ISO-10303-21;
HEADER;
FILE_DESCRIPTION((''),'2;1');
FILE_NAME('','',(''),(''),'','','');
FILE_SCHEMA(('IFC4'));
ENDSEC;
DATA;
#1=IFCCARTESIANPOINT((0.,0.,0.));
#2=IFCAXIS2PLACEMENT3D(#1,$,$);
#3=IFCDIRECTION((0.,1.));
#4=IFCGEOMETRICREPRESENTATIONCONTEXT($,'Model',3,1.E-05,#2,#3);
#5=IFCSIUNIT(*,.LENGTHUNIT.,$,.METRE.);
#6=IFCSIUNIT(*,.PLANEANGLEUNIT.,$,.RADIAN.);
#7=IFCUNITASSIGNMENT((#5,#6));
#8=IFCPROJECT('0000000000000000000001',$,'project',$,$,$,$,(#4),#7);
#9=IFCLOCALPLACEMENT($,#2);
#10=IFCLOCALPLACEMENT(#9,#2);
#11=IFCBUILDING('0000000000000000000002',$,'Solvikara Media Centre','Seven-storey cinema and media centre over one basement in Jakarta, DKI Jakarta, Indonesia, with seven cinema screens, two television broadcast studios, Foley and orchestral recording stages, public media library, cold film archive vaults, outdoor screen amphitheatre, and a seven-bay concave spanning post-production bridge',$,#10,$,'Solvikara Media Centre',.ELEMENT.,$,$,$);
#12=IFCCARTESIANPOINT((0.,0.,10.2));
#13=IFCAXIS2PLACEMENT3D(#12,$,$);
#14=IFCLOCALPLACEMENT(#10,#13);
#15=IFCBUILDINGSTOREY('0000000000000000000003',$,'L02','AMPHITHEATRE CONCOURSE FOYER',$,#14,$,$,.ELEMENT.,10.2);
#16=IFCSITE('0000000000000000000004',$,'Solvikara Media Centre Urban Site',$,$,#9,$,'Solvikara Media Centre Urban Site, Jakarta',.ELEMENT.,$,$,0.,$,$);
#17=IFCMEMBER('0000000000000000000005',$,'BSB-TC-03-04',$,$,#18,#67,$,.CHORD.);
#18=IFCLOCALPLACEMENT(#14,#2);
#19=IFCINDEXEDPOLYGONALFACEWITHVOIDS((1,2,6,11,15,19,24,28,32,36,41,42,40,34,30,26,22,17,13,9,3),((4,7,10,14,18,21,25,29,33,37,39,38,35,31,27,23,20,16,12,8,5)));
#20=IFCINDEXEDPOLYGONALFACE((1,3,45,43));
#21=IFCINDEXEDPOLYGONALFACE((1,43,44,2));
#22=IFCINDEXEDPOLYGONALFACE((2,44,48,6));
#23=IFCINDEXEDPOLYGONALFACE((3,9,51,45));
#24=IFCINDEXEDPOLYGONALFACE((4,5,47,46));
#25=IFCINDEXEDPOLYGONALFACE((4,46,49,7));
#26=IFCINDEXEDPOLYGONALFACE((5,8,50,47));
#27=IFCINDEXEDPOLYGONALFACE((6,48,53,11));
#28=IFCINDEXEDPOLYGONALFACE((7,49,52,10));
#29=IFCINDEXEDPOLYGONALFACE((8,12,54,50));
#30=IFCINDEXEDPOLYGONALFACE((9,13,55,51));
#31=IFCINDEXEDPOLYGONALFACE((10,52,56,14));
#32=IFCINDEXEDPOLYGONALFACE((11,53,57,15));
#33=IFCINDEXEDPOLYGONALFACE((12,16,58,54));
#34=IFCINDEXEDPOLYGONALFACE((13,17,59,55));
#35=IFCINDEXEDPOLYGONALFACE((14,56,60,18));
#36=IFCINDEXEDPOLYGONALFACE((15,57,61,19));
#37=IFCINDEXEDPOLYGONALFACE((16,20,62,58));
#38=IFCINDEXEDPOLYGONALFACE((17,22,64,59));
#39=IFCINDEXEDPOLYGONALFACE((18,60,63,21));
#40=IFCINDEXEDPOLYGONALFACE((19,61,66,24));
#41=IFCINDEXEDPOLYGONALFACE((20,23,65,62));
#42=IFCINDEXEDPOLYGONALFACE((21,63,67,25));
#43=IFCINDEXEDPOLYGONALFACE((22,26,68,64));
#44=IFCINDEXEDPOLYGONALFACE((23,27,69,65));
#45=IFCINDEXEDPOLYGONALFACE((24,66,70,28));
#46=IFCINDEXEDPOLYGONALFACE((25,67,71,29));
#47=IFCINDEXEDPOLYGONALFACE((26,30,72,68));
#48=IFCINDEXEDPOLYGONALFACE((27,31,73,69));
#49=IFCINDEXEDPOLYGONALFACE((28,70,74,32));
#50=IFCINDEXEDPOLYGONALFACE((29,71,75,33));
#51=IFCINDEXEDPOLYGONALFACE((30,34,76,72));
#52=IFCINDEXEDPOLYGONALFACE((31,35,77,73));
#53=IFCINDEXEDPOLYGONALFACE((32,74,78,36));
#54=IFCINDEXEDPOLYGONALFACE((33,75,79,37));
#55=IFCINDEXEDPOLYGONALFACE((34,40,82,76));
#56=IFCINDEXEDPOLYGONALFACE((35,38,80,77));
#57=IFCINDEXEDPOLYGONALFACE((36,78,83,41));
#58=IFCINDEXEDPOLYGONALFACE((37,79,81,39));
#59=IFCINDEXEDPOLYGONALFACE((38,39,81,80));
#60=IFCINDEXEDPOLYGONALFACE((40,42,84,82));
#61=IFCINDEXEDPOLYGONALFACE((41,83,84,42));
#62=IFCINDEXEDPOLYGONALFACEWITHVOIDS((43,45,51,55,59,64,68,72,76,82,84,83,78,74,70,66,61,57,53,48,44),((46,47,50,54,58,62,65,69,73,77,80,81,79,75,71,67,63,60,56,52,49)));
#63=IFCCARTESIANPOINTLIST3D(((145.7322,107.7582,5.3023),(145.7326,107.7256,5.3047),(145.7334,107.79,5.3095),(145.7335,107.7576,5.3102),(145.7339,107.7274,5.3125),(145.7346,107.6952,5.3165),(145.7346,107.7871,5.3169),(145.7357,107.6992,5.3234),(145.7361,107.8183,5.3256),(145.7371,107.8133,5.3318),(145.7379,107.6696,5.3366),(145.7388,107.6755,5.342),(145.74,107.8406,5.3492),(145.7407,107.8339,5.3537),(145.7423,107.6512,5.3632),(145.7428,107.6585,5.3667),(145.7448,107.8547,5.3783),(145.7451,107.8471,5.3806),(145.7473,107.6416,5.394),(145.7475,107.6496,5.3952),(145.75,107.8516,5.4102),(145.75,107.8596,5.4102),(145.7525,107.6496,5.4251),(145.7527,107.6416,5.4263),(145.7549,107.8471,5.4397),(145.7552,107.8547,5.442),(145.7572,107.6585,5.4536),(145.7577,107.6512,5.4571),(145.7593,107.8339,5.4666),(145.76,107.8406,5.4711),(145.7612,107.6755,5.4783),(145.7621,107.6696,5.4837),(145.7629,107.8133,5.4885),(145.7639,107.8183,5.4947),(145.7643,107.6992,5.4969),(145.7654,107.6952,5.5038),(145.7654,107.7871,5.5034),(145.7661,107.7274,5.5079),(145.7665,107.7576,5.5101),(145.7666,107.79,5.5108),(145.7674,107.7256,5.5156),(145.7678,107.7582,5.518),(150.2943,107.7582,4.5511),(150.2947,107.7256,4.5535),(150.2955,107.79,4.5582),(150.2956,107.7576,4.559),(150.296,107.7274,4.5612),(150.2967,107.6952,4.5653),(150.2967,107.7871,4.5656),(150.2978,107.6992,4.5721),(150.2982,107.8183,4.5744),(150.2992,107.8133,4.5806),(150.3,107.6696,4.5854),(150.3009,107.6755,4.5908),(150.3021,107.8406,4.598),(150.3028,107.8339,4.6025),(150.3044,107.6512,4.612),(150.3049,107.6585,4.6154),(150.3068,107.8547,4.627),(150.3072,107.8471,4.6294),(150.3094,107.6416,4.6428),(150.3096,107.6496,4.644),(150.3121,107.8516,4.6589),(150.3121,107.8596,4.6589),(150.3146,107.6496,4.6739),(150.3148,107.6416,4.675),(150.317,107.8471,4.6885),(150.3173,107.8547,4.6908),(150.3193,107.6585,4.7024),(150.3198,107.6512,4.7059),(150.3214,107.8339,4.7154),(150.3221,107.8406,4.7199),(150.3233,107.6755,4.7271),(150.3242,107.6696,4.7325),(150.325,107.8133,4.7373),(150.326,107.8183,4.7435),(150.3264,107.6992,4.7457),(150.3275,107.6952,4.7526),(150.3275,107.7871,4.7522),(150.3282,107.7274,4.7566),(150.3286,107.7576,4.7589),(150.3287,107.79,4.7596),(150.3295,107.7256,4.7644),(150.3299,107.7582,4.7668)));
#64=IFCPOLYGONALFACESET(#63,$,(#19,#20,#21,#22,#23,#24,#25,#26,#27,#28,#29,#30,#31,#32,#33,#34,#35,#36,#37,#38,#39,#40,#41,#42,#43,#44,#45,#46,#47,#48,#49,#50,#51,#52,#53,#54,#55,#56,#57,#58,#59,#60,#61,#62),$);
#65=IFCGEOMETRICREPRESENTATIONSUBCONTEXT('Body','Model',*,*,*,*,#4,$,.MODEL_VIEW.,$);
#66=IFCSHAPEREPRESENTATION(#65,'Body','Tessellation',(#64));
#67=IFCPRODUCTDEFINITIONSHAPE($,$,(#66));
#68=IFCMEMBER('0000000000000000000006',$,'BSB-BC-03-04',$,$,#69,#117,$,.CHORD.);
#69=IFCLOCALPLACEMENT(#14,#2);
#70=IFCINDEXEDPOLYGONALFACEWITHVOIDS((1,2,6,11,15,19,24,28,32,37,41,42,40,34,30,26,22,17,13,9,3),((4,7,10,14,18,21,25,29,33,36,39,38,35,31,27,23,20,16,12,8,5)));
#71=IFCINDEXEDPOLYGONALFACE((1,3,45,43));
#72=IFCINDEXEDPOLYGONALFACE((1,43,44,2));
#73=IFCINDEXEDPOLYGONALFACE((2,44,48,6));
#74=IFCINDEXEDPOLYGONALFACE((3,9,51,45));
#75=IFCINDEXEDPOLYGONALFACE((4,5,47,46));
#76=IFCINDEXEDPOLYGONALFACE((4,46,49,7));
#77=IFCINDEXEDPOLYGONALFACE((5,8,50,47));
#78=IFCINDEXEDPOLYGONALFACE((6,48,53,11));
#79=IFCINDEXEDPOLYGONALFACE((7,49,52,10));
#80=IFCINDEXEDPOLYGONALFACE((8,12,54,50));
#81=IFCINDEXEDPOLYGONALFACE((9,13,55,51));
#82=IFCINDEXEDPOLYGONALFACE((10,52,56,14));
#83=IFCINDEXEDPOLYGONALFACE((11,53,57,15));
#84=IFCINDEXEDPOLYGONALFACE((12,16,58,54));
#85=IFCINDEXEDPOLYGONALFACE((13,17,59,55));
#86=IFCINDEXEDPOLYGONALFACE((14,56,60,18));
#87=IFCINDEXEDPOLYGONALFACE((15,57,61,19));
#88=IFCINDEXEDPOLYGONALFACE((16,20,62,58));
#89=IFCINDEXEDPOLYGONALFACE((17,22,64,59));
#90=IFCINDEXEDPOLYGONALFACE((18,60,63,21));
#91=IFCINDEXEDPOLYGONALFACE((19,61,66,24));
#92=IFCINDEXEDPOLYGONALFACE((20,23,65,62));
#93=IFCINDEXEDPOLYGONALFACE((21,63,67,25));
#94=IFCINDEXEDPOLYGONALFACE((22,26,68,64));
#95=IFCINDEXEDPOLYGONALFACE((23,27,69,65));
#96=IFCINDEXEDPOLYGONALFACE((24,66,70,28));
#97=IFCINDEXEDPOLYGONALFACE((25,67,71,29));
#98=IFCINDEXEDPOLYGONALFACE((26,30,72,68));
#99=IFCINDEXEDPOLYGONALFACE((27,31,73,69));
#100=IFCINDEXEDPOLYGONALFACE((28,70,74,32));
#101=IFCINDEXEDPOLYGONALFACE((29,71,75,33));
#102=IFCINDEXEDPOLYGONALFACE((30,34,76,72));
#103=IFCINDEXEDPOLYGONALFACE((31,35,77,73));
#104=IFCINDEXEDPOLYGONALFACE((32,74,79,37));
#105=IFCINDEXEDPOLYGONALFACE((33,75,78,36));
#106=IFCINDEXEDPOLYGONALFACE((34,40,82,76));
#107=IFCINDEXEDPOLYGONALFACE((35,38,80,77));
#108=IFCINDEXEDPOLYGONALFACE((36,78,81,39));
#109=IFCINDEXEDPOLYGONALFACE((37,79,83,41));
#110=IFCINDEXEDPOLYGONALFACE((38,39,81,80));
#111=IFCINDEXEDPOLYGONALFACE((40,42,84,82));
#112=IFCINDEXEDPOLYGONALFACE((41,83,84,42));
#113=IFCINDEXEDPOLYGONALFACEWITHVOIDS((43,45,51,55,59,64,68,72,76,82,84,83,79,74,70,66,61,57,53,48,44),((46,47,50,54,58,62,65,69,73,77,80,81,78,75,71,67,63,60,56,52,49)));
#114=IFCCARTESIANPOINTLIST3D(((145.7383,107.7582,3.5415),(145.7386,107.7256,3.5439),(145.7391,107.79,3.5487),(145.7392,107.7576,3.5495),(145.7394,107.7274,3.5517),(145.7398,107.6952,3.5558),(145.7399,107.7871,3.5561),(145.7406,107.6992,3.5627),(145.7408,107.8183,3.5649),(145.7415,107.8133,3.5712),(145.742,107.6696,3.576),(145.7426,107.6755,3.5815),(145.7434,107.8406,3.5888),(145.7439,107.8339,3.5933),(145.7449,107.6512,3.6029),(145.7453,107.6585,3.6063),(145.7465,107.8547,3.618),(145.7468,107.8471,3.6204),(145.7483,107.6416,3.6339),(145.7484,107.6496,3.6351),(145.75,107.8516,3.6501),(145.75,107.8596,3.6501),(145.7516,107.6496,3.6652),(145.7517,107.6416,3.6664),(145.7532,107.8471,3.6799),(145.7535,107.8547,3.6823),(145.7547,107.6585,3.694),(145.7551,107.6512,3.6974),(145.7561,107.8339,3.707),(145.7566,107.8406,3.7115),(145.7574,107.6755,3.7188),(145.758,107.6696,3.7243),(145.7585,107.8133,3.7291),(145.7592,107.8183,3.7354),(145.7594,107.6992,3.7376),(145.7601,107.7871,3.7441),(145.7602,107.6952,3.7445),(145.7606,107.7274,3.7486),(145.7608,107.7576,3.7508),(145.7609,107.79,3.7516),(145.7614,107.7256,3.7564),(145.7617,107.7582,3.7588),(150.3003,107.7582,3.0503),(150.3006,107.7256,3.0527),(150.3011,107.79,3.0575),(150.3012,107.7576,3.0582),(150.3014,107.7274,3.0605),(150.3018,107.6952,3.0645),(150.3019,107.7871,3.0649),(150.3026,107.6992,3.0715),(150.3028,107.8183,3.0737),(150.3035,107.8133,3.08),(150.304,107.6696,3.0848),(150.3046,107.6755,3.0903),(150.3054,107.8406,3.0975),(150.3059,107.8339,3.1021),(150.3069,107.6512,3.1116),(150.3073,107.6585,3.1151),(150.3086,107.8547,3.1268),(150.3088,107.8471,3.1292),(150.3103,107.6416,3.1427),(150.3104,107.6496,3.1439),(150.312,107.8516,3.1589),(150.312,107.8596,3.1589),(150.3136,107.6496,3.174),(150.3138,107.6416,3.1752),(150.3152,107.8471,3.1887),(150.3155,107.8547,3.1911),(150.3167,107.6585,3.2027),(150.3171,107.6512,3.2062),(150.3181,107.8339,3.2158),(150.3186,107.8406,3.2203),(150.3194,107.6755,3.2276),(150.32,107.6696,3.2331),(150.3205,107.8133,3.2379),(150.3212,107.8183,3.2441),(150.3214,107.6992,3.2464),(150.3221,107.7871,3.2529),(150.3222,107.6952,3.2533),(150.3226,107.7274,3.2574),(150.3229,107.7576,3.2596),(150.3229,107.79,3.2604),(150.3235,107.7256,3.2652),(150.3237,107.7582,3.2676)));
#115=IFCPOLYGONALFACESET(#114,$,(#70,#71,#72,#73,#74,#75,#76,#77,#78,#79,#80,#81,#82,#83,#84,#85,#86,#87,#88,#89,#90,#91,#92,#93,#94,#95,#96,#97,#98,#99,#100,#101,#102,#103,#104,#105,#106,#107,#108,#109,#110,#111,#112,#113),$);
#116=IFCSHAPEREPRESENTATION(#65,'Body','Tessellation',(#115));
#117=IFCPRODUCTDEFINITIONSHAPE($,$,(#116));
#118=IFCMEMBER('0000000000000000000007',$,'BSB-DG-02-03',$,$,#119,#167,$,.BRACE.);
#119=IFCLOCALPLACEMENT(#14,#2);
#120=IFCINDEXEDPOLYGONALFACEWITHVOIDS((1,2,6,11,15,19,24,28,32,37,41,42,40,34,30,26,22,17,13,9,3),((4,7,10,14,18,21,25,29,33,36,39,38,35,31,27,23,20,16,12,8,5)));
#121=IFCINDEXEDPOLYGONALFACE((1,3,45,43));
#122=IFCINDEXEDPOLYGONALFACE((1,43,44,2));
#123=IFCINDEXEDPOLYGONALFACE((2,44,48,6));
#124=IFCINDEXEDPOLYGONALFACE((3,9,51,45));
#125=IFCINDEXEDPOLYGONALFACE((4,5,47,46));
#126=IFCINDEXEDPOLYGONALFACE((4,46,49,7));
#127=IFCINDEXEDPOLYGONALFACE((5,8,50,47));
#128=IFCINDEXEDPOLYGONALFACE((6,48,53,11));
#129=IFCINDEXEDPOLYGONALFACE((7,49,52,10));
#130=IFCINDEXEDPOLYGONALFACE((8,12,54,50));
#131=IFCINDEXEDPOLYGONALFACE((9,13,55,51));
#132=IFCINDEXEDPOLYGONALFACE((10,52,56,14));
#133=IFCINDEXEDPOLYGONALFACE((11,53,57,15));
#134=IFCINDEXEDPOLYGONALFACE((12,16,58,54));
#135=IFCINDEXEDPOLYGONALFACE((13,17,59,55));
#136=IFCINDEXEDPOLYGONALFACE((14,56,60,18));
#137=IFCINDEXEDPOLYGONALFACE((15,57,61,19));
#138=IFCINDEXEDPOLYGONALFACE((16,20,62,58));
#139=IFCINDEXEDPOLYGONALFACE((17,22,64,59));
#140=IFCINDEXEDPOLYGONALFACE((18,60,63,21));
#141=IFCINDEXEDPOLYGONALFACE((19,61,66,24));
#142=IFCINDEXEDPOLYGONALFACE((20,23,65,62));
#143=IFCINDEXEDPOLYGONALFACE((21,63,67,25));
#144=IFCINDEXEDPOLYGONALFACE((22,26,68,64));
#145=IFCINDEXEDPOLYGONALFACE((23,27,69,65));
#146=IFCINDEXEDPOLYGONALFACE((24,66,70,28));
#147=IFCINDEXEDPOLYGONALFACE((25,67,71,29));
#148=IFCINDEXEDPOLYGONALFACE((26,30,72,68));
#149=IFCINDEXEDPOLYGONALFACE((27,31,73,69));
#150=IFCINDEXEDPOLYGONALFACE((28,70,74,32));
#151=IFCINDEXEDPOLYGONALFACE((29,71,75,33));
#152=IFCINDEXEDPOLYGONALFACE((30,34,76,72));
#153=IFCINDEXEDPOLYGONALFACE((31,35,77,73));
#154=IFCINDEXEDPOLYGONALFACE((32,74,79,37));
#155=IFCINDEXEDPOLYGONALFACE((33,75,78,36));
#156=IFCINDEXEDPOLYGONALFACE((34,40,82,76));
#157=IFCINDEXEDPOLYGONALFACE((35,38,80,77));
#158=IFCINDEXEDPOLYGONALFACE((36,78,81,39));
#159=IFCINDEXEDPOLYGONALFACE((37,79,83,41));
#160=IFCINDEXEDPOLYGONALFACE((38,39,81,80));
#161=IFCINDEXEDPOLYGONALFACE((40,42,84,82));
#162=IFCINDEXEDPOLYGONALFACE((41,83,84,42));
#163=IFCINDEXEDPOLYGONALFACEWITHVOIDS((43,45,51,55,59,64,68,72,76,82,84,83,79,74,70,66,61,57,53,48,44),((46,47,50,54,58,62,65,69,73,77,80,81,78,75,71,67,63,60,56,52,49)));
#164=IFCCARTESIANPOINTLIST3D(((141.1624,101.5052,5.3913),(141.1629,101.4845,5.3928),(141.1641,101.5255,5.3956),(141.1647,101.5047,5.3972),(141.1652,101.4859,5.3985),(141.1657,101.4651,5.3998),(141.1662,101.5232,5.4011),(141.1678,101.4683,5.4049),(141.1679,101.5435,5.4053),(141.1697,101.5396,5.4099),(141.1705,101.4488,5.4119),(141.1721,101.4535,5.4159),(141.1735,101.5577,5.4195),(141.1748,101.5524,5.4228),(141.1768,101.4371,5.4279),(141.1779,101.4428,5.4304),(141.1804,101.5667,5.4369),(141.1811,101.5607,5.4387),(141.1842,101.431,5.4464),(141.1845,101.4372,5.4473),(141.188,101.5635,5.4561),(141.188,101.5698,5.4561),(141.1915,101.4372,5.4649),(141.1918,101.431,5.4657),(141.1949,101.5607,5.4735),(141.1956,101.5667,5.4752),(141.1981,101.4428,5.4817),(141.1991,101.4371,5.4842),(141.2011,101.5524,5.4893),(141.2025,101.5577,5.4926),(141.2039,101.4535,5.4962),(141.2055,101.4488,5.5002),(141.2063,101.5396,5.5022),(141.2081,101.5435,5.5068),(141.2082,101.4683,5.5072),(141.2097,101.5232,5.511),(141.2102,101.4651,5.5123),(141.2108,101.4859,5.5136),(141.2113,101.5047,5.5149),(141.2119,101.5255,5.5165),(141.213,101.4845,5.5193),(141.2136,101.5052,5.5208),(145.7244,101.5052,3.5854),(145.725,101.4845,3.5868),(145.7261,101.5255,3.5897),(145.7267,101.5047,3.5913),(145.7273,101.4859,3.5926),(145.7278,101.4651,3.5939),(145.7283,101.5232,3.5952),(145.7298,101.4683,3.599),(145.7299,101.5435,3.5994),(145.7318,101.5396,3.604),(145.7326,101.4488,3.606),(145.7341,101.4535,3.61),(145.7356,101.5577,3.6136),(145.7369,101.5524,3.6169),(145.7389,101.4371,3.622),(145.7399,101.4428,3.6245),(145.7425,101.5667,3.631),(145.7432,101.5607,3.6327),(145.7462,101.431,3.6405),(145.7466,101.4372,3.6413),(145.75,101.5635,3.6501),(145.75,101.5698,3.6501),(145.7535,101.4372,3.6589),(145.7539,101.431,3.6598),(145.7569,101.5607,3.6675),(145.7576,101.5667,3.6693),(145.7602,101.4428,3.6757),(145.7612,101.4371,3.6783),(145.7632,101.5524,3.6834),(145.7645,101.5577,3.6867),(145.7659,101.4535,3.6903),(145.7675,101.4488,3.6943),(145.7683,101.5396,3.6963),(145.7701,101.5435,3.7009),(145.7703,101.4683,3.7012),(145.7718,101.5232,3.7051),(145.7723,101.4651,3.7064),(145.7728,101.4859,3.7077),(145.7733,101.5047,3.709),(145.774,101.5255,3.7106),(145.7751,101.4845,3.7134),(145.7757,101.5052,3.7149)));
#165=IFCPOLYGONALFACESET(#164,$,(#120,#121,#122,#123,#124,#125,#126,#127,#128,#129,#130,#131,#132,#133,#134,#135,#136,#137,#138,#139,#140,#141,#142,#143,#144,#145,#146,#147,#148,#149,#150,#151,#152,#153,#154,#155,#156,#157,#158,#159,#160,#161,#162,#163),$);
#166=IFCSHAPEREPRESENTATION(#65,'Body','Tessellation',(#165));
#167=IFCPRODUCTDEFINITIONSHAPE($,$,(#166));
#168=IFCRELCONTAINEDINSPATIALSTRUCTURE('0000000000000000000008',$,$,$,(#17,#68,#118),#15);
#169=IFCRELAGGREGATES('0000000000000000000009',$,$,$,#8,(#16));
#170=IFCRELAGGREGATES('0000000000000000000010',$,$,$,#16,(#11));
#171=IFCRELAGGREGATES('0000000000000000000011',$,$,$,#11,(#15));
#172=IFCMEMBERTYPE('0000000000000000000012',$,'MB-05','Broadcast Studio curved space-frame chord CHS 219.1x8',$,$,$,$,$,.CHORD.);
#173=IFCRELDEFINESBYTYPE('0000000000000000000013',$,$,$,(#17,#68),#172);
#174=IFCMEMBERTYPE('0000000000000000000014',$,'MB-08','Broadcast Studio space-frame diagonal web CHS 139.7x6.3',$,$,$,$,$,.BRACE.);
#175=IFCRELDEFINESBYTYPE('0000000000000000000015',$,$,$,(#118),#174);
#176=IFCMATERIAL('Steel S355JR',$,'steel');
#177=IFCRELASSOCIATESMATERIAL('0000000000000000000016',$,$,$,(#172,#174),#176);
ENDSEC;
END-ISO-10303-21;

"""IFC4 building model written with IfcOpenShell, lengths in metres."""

from ifc_helpers import new_model, si_unit, direction, frame, origin, origin_2d, place, context, subcontext, project, spatial, hollow_circle, extrude, material, material_profile, profile_set, type_object, element, save


model = new_model("IFC4")

# Units and contexts
model_context = context("Model", 3, precision=1e-05, world=origin(), true_north=direction((0.0, 1.0)))
body_context = subcontext(model_context, "Body", "Model", "MODEL_VIEW")
ifc_project = project(units=[si_unit("LENGTHUNIT", "METRE"), si_unit("PLANEANGLEUNIT", "RADIAN")], contexts=[model_context])

# Site, building, storey
site_placement = place(None, origin())
site = spatial("IfcSite", under=ifc_project, at=site_placement, Name="Solvikara Media Centre Urban Site", LongName="Solvikara Media Centre Urban Site, Jakarta", CompositionType="ELEMENT", RefElevation=0.0)
building_placement = place(site_placement, origin())
building = spatial("IfcBuilding", under=site, at=building_placement, Name="Solvikara Media Centre", Description="Seven-storey cinema and media centre over one basement in Jakarta, DKI Jakarta, Indonesia, with seven cinema screens, two television broadcast studios, Foley and orchestral recording stages, public media library, cold film archive vaults, outdoor screen amphitheatre, and a seven-bay concave spanning post-production bridge", LongName="Solvikara Media Centre", CompositionType="ELEMENT")
storey_placement = place(building_placement, frame((0.0, 0.0, 10.2)))
storey = spatial("IfcBuildingStorey", under=building, at=storey_placement, Name="L02", Description="AMPHITHEATRE CONCOURSE FOYER", CompositionType="ELEMENT", Elevation=10.2)

# Members
ifc_material_1 = material(Name="Steel S355JR", Category="steel")
ifc_material_profile_1 = material_profile(ifc_material_1, hollow_circle(Radius=0.1096, WallThickness=0.0081, at=origin_2d()), Name="CHS 219.1x8")
ifc_profile_set_1 = profile_set([ifc_material_profile_1], Name="Steel S355JR")
member_type_1 = type_object("IfcMemberType", Name="MB-05", Description="Broadcast Studio curved space-frame chord CHS 219.1x8", PredefinedType="CHORD", material=ifc_profile_set_1)
member_1_placement = place(storey_placement, frame((145.75, 107.75, 5.4102), z_axis=(0.986712, 0.0, -0.162481), x_axis=(0.0, 1.0, 0.0)))
element("IfcMember", 1, at=member_1_placement, inside=storey, type_object=member_type_1, Name="BSB-TC-03-04", PredefinedType="CHORD", context=body_context, shape_type="SweptSolid", body=[
    extrude(hollow_circle(Radius=0.1096, WallThickness=0.0081, at=origin_2d()), origin(), (0.0, 0.0, 1.0), 4.6235),
])
member_2_placement = place(storey_placement, frame((145.75, 107.75, 3.6501), z_axis=(0.994253, 0.0, -0.107055), x_axis=(0.0, 1.0, 0.0)))
element("IfcMember", 2, at=member_2_placement, inside=storey, type_object=member_type_1, Name="BSB-BC-03-04", PredefinedType="CHORD", context=body_context, shape_type="SweptSolid", body=[
    extrude(hollow_circle(Radius=0.1096, WallThickness=0.0081, at=origin_2d()), origin(), (0.0, 0.0, 1.0), 4.5884),
])
ifc_material_profile_2 = material_profile(ifc_material_1, hollow_circle(Radius=0.0698, WallThickness=0.0063, at=origin_2d()), Name="CHS 139.7x6.3")
ifc_profile_set_2 = profile_set([ifc_material_profile_2], Name="Steel S355JR")
member_type_2 = type_object("IfcMemberType", Name="MB-08", Description="Broadcast Studio space-frame diagonal web CHS 139.7x6.3", PredefinedType="BRACE", material=ifc_profile_set_2)
member_3_placement = place(storey_placement, frame((141.188, 101.5, 5.4561), z_axis=(0.929799, 0.0, -0.368068), x_axis=(0.0, 1.0, 0.0)))
element("IfcMember", 3, at=member_3_placement, inside=storey, type_object=member_type_2, Name="BSB-DG-02-03", PredefinedType="BRACE", context=body_context, shape_type="SweptSolid", body=[
    extrude(hollow_circle(Radius=0.0698, WallThickness=0.0063, at=origin_2d()), origin(), (0.0, 0.0, 1.0), 4.9065),
])

save(model, "model.ifc")
